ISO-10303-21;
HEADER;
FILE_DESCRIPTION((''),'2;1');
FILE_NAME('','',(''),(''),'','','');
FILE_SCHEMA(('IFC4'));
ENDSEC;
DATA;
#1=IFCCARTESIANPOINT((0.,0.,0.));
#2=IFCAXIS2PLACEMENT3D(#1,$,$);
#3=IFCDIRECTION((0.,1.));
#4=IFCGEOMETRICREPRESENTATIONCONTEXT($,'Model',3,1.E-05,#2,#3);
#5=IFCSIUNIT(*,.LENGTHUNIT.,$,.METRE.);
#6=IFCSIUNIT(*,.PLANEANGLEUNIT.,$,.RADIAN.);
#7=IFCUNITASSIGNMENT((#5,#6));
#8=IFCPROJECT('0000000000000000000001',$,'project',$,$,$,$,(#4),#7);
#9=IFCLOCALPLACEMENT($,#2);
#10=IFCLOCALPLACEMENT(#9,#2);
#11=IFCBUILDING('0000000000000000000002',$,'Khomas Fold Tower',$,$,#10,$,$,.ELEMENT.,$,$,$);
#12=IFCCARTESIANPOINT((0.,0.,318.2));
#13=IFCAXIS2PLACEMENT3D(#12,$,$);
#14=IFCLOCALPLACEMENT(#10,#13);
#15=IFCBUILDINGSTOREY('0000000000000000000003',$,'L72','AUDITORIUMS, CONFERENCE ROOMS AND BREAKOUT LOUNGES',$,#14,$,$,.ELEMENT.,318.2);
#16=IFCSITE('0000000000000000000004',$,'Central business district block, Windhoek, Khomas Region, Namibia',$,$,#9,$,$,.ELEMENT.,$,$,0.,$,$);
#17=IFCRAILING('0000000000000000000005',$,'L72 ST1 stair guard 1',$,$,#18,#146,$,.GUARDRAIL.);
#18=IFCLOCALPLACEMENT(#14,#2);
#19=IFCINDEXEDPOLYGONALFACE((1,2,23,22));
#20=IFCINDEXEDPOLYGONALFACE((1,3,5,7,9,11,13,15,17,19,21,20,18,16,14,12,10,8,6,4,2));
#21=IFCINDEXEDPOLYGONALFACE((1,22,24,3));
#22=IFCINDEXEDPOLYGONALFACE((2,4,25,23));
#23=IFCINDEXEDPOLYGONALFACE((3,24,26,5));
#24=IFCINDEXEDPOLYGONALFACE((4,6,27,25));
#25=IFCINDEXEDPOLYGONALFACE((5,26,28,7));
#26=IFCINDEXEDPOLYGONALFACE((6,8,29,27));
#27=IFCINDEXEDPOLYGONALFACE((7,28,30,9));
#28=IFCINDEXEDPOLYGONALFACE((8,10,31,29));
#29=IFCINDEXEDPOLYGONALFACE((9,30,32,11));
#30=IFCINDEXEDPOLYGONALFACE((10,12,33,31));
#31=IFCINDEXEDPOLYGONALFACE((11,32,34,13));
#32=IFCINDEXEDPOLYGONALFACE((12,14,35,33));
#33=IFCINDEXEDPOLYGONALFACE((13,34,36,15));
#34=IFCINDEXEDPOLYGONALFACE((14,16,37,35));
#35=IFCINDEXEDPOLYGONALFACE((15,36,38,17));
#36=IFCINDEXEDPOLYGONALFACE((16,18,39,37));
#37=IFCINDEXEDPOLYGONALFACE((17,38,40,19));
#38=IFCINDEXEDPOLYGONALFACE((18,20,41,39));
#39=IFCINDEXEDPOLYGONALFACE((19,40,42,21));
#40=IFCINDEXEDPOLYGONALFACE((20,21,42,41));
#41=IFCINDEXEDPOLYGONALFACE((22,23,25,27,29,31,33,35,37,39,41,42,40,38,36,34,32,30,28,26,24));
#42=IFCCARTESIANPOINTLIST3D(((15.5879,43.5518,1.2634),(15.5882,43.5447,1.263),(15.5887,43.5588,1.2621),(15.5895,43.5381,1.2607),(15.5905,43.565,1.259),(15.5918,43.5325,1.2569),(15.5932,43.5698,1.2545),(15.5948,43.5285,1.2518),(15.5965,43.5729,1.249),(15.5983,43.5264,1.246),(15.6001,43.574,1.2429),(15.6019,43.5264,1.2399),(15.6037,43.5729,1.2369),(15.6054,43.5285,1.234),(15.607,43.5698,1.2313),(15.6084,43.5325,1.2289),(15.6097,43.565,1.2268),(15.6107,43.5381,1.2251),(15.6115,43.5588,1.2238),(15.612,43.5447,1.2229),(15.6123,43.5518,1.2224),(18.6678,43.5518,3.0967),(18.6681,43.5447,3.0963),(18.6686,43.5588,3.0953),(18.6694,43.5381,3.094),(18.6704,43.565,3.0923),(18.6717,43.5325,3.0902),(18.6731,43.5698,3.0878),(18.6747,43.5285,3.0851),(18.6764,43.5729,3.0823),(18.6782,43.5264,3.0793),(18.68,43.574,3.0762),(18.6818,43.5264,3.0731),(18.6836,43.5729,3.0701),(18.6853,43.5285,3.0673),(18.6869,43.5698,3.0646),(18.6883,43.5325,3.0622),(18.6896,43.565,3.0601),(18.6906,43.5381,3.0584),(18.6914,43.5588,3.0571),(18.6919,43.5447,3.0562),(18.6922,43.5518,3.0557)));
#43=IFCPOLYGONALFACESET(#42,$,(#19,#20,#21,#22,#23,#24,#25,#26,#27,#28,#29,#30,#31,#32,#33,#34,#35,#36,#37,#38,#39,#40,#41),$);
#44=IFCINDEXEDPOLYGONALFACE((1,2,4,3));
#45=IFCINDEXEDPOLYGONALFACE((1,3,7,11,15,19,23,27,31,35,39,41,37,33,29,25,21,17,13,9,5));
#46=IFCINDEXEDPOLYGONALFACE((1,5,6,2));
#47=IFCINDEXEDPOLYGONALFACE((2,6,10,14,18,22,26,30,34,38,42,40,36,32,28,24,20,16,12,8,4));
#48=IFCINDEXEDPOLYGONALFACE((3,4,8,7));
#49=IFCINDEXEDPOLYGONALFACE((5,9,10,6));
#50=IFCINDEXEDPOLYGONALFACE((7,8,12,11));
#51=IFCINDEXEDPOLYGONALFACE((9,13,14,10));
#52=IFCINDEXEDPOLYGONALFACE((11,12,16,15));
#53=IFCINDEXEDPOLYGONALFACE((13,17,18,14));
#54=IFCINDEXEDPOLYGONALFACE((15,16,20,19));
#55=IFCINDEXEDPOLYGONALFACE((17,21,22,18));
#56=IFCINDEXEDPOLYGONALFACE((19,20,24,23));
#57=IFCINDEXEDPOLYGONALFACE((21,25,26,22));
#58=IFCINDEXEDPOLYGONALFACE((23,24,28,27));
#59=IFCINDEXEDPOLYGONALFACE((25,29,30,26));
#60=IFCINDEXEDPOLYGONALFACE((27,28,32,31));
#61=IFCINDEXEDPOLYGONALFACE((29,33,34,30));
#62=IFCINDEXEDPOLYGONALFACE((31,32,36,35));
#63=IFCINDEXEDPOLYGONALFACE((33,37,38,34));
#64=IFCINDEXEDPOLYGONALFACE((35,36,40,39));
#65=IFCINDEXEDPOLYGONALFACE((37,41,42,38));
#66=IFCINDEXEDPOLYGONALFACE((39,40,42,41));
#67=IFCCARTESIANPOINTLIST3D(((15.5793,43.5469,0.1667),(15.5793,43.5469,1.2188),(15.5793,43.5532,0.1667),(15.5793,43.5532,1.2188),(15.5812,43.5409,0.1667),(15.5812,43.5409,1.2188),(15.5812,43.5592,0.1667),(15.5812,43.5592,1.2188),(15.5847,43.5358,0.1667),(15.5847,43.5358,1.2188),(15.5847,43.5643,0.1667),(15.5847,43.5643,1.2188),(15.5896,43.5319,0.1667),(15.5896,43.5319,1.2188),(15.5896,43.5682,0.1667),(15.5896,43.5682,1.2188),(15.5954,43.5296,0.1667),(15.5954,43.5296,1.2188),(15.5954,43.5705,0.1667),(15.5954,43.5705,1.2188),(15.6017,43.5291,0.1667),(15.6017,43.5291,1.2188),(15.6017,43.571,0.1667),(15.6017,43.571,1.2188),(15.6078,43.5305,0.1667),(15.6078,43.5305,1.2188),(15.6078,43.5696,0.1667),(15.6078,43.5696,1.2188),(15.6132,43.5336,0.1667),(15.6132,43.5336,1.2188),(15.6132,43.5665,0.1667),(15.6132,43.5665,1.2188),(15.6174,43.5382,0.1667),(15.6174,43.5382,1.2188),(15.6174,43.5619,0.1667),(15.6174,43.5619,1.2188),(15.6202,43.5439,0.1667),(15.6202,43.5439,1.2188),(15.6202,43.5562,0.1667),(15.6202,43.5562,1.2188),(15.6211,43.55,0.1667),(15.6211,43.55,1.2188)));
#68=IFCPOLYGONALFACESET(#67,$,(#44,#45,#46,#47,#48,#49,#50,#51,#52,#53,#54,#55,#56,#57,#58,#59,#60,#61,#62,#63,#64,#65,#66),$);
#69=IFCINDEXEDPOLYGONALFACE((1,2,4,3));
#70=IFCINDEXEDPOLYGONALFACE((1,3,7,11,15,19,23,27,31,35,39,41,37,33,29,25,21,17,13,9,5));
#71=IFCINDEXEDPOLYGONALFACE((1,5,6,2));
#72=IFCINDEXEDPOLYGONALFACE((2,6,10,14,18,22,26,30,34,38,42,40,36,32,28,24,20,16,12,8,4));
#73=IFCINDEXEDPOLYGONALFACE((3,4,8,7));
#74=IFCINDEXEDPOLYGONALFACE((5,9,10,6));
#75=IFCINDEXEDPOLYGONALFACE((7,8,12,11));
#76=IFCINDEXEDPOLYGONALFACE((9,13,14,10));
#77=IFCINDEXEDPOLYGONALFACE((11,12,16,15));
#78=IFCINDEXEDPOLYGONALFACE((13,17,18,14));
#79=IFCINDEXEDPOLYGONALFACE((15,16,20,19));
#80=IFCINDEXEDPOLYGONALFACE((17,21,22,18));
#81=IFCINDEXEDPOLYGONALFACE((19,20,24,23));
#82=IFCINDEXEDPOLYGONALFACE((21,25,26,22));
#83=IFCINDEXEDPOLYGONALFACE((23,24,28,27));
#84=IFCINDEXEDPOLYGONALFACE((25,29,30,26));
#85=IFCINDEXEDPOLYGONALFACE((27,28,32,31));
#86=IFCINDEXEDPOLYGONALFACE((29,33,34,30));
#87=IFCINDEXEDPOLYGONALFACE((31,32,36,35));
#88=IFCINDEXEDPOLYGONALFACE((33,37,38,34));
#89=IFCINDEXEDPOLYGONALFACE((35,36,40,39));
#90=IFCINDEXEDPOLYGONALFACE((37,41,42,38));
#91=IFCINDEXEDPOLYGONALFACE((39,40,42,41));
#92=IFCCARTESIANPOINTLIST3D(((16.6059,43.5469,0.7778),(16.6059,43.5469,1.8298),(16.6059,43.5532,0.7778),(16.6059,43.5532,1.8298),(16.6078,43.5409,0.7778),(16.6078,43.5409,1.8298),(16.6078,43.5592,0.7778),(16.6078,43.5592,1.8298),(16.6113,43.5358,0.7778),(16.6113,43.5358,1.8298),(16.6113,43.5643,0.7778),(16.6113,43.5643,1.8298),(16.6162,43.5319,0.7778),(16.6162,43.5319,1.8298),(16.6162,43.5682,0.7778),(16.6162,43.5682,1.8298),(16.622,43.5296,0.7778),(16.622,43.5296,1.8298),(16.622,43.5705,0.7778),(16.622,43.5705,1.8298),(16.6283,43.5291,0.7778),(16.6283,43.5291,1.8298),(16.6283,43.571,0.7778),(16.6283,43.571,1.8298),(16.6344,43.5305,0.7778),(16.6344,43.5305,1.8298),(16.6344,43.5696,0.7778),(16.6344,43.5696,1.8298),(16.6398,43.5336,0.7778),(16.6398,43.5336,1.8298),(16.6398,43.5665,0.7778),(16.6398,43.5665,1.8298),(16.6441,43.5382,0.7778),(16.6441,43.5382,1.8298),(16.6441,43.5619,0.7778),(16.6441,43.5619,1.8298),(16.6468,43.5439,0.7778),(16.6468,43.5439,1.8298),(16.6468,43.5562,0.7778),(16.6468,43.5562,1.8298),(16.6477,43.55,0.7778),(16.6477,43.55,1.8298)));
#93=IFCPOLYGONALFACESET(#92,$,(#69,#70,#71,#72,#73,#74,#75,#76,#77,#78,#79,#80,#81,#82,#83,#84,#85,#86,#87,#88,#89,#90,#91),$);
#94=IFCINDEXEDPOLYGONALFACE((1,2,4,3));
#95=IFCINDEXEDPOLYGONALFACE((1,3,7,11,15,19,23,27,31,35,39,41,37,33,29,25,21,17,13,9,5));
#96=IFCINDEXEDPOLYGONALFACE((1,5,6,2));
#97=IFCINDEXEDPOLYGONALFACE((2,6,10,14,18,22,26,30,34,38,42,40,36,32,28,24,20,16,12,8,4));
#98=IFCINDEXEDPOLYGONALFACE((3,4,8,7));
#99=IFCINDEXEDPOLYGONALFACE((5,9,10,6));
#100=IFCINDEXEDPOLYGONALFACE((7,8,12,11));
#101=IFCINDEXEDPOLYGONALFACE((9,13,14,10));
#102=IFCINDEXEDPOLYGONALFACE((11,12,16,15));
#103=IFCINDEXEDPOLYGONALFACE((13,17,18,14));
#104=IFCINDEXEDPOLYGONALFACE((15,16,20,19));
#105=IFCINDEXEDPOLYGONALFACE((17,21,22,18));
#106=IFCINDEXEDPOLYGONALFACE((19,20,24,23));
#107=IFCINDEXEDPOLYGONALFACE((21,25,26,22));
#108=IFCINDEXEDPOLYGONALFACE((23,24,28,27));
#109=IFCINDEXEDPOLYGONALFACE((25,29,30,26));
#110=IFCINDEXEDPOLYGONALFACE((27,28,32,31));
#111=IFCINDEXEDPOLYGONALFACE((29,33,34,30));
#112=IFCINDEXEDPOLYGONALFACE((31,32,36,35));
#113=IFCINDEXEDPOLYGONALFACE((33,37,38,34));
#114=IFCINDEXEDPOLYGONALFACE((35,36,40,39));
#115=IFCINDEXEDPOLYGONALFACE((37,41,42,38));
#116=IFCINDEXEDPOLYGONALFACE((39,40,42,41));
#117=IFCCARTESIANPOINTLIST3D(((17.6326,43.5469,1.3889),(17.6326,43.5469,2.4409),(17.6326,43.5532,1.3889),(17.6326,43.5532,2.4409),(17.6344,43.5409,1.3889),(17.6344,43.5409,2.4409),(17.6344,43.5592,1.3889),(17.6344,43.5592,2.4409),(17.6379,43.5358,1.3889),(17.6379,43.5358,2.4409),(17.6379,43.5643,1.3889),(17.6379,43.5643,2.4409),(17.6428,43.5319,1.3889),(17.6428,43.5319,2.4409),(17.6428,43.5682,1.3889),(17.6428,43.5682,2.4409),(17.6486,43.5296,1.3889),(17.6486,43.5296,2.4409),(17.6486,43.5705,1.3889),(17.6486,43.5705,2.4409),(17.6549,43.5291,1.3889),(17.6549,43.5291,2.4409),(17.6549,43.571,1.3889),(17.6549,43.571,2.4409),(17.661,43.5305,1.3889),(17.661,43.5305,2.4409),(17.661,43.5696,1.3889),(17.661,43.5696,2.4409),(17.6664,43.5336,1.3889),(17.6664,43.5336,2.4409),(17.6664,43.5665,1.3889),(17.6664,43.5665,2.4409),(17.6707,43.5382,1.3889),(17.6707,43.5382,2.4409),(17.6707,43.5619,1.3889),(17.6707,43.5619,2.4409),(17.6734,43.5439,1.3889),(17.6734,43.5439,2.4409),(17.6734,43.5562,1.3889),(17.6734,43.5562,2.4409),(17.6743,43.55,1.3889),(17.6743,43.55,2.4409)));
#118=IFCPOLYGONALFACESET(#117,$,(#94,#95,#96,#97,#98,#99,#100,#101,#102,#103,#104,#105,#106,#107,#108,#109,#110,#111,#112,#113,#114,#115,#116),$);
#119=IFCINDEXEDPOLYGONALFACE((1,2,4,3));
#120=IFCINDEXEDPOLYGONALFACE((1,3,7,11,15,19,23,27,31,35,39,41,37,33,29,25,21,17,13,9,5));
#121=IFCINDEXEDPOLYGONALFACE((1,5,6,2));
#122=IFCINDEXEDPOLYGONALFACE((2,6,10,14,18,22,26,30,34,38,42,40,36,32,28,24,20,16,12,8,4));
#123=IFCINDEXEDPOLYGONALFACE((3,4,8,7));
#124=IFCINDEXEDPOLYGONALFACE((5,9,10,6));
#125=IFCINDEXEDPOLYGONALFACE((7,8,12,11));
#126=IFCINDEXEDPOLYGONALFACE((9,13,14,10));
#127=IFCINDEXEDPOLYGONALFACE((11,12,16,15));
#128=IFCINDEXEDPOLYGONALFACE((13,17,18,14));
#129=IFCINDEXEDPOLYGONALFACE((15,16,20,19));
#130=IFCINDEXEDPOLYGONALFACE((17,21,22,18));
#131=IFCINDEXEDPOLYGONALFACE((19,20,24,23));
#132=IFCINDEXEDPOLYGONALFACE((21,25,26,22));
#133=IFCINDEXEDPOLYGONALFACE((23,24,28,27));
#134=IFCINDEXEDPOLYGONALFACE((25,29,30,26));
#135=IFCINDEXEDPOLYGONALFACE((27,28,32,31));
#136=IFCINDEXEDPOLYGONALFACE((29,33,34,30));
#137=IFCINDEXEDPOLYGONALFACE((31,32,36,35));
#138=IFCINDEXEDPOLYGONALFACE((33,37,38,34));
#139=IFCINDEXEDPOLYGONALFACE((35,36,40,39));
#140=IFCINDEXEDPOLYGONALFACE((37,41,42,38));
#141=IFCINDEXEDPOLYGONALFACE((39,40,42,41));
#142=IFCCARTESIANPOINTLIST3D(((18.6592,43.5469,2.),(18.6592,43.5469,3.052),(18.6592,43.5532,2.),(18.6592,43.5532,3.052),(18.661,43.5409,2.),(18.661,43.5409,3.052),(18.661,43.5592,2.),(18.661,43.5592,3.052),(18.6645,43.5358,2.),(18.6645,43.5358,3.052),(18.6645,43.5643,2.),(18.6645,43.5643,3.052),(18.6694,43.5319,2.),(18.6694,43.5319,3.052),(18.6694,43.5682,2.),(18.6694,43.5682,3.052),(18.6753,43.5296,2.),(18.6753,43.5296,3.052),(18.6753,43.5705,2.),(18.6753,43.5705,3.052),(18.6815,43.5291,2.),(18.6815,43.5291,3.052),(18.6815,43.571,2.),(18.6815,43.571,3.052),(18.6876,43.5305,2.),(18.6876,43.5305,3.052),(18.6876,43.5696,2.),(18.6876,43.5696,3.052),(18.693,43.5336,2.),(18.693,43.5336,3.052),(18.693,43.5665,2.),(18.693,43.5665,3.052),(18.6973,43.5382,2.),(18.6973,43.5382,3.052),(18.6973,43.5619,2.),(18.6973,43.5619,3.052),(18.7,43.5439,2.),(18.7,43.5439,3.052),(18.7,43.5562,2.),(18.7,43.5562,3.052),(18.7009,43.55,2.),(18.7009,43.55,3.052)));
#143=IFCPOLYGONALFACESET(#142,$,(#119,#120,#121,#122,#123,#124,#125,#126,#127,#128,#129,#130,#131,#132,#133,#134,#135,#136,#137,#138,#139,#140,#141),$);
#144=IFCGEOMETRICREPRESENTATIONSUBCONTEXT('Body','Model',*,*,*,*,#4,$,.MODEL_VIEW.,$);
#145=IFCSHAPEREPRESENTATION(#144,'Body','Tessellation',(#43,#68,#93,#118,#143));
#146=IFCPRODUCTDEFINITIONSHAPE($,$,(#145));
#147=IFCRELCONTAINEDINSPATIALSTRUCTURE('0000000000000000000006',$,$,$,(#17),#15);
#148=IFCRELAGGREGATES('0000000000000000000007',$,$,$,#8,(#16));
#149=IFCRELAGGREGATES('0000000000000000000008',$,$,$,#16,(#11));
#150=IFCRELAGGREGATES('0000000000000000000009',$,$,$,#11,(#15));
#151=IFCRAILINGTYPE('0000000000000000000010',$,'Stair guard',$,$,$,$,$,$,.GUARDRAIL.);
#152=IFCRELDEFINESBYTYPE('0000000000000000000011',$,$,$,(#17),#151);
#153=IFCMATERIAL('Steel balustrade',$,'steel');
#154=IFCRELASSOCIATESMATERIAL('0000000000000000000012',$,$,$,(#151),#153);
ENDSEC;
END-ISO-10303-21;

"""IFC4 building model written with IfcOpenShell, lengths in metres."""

from ifc_helpers import new_model, si_unit, direction, frame, origin, origin_2d, place, context, subcontext, project, spatial, circle, extrude, source, transform, mapped, material, type_object, element, save


model = new_model("IFC4")

# Units and contexts
model_context = context("Model", 3, precision=1e-05, world=origin(), true_north=direction((0.0, 1.0)))
body_context = subcontext(model_context, "Body", "Model", "MODEL_VIEW")
ifc_project = project(units=[si_unit("LENGTHUNIT", "METRE"), si_unit("PLANEANGLEUNIT", "RADIAN")], contexts=[model_context])

# Site, building, storey
site_placement = place(None, origin())
site = spatial("IfcSite", under=ifc_project, at=site_placement, Name="Central business district block, Windhoek, Khomas Region, Namibia", CompositionType="ELEMENT", RefElevation=0.0)
building_placement = place(site_placement, origin())
building = spatial("IfcBuilding", under=site, at=building_placement, Name="Khomas Fold Tower", CompositionType="ELEMENT")
storey_placement = place(building_placement, frame((0.0, 0.0, 318.2)))
storey = spatial("IfcBuildingStorey", under=building, at=storey_placement, Name="L72", Description="AUDITORIUMS, CONFERENCE ROOMS AND BREAKOUT LOUNGES", CompositionType="ELEMENT", Elevation=318.2)

# Railing
ifc_material_1 = material(Name="Steel balustrade", Category="steel")
railing_type_1 = type_object("IfcRailingType", Name="Stair guard", PredefinedType="GUARDRAIL", material=ifc_material_1)
shared_shape_1 = source(origin(), body_context, "Body", "SweptSolid", [
    extrude(circle(Radius=0.0239, at=origin_2d()), frame((0.0, 0.0, 1.0762), z_axis=(0.859291, 0.0, 0.511487), x_axis=(0.0, 1.0, 0.0)), (0.0, 0.0, 1.0), 3.5842),
    extrude(circle(Radius=0.021, at=origin_2d()), origin(), (0.0, 0.0, 1.0), 1.052),
    extrude(circle(Radius=0.021, at=origin_2d()), frame((1.0266, 0.0, 0.6111)), (0.0, 0.0, 1.0), 1.052),
    extrude(circle(Radius=0.021, at=origin_2d()), frame((2.0532, 0.0, 1.2222)), (0.0, 0.0, 1.0), 1.052),
    extrude(circle(Radius=0.021, at=origin_2d()), frame((3.0798, 0.0, 1.8333)), (0.0, 0.0, 1.0), 1.052),
])
railing_1_placement = place(storey_placement, frame((15.6001, 43.55, 0.1667)))
element("IfcRailing", 1, at=railing_1_placement, inside=storey, type_object=railing_type_1, Name="L72 ST1 stair guard 1", PredefinedType="GUARDRAIL", context=body_context, shape_type="MappedRepresentation", body=[
    mapped(shared_shape_1, transform((0.0, 0.0, 0.0))),
])

save(model, "model.ifc")
